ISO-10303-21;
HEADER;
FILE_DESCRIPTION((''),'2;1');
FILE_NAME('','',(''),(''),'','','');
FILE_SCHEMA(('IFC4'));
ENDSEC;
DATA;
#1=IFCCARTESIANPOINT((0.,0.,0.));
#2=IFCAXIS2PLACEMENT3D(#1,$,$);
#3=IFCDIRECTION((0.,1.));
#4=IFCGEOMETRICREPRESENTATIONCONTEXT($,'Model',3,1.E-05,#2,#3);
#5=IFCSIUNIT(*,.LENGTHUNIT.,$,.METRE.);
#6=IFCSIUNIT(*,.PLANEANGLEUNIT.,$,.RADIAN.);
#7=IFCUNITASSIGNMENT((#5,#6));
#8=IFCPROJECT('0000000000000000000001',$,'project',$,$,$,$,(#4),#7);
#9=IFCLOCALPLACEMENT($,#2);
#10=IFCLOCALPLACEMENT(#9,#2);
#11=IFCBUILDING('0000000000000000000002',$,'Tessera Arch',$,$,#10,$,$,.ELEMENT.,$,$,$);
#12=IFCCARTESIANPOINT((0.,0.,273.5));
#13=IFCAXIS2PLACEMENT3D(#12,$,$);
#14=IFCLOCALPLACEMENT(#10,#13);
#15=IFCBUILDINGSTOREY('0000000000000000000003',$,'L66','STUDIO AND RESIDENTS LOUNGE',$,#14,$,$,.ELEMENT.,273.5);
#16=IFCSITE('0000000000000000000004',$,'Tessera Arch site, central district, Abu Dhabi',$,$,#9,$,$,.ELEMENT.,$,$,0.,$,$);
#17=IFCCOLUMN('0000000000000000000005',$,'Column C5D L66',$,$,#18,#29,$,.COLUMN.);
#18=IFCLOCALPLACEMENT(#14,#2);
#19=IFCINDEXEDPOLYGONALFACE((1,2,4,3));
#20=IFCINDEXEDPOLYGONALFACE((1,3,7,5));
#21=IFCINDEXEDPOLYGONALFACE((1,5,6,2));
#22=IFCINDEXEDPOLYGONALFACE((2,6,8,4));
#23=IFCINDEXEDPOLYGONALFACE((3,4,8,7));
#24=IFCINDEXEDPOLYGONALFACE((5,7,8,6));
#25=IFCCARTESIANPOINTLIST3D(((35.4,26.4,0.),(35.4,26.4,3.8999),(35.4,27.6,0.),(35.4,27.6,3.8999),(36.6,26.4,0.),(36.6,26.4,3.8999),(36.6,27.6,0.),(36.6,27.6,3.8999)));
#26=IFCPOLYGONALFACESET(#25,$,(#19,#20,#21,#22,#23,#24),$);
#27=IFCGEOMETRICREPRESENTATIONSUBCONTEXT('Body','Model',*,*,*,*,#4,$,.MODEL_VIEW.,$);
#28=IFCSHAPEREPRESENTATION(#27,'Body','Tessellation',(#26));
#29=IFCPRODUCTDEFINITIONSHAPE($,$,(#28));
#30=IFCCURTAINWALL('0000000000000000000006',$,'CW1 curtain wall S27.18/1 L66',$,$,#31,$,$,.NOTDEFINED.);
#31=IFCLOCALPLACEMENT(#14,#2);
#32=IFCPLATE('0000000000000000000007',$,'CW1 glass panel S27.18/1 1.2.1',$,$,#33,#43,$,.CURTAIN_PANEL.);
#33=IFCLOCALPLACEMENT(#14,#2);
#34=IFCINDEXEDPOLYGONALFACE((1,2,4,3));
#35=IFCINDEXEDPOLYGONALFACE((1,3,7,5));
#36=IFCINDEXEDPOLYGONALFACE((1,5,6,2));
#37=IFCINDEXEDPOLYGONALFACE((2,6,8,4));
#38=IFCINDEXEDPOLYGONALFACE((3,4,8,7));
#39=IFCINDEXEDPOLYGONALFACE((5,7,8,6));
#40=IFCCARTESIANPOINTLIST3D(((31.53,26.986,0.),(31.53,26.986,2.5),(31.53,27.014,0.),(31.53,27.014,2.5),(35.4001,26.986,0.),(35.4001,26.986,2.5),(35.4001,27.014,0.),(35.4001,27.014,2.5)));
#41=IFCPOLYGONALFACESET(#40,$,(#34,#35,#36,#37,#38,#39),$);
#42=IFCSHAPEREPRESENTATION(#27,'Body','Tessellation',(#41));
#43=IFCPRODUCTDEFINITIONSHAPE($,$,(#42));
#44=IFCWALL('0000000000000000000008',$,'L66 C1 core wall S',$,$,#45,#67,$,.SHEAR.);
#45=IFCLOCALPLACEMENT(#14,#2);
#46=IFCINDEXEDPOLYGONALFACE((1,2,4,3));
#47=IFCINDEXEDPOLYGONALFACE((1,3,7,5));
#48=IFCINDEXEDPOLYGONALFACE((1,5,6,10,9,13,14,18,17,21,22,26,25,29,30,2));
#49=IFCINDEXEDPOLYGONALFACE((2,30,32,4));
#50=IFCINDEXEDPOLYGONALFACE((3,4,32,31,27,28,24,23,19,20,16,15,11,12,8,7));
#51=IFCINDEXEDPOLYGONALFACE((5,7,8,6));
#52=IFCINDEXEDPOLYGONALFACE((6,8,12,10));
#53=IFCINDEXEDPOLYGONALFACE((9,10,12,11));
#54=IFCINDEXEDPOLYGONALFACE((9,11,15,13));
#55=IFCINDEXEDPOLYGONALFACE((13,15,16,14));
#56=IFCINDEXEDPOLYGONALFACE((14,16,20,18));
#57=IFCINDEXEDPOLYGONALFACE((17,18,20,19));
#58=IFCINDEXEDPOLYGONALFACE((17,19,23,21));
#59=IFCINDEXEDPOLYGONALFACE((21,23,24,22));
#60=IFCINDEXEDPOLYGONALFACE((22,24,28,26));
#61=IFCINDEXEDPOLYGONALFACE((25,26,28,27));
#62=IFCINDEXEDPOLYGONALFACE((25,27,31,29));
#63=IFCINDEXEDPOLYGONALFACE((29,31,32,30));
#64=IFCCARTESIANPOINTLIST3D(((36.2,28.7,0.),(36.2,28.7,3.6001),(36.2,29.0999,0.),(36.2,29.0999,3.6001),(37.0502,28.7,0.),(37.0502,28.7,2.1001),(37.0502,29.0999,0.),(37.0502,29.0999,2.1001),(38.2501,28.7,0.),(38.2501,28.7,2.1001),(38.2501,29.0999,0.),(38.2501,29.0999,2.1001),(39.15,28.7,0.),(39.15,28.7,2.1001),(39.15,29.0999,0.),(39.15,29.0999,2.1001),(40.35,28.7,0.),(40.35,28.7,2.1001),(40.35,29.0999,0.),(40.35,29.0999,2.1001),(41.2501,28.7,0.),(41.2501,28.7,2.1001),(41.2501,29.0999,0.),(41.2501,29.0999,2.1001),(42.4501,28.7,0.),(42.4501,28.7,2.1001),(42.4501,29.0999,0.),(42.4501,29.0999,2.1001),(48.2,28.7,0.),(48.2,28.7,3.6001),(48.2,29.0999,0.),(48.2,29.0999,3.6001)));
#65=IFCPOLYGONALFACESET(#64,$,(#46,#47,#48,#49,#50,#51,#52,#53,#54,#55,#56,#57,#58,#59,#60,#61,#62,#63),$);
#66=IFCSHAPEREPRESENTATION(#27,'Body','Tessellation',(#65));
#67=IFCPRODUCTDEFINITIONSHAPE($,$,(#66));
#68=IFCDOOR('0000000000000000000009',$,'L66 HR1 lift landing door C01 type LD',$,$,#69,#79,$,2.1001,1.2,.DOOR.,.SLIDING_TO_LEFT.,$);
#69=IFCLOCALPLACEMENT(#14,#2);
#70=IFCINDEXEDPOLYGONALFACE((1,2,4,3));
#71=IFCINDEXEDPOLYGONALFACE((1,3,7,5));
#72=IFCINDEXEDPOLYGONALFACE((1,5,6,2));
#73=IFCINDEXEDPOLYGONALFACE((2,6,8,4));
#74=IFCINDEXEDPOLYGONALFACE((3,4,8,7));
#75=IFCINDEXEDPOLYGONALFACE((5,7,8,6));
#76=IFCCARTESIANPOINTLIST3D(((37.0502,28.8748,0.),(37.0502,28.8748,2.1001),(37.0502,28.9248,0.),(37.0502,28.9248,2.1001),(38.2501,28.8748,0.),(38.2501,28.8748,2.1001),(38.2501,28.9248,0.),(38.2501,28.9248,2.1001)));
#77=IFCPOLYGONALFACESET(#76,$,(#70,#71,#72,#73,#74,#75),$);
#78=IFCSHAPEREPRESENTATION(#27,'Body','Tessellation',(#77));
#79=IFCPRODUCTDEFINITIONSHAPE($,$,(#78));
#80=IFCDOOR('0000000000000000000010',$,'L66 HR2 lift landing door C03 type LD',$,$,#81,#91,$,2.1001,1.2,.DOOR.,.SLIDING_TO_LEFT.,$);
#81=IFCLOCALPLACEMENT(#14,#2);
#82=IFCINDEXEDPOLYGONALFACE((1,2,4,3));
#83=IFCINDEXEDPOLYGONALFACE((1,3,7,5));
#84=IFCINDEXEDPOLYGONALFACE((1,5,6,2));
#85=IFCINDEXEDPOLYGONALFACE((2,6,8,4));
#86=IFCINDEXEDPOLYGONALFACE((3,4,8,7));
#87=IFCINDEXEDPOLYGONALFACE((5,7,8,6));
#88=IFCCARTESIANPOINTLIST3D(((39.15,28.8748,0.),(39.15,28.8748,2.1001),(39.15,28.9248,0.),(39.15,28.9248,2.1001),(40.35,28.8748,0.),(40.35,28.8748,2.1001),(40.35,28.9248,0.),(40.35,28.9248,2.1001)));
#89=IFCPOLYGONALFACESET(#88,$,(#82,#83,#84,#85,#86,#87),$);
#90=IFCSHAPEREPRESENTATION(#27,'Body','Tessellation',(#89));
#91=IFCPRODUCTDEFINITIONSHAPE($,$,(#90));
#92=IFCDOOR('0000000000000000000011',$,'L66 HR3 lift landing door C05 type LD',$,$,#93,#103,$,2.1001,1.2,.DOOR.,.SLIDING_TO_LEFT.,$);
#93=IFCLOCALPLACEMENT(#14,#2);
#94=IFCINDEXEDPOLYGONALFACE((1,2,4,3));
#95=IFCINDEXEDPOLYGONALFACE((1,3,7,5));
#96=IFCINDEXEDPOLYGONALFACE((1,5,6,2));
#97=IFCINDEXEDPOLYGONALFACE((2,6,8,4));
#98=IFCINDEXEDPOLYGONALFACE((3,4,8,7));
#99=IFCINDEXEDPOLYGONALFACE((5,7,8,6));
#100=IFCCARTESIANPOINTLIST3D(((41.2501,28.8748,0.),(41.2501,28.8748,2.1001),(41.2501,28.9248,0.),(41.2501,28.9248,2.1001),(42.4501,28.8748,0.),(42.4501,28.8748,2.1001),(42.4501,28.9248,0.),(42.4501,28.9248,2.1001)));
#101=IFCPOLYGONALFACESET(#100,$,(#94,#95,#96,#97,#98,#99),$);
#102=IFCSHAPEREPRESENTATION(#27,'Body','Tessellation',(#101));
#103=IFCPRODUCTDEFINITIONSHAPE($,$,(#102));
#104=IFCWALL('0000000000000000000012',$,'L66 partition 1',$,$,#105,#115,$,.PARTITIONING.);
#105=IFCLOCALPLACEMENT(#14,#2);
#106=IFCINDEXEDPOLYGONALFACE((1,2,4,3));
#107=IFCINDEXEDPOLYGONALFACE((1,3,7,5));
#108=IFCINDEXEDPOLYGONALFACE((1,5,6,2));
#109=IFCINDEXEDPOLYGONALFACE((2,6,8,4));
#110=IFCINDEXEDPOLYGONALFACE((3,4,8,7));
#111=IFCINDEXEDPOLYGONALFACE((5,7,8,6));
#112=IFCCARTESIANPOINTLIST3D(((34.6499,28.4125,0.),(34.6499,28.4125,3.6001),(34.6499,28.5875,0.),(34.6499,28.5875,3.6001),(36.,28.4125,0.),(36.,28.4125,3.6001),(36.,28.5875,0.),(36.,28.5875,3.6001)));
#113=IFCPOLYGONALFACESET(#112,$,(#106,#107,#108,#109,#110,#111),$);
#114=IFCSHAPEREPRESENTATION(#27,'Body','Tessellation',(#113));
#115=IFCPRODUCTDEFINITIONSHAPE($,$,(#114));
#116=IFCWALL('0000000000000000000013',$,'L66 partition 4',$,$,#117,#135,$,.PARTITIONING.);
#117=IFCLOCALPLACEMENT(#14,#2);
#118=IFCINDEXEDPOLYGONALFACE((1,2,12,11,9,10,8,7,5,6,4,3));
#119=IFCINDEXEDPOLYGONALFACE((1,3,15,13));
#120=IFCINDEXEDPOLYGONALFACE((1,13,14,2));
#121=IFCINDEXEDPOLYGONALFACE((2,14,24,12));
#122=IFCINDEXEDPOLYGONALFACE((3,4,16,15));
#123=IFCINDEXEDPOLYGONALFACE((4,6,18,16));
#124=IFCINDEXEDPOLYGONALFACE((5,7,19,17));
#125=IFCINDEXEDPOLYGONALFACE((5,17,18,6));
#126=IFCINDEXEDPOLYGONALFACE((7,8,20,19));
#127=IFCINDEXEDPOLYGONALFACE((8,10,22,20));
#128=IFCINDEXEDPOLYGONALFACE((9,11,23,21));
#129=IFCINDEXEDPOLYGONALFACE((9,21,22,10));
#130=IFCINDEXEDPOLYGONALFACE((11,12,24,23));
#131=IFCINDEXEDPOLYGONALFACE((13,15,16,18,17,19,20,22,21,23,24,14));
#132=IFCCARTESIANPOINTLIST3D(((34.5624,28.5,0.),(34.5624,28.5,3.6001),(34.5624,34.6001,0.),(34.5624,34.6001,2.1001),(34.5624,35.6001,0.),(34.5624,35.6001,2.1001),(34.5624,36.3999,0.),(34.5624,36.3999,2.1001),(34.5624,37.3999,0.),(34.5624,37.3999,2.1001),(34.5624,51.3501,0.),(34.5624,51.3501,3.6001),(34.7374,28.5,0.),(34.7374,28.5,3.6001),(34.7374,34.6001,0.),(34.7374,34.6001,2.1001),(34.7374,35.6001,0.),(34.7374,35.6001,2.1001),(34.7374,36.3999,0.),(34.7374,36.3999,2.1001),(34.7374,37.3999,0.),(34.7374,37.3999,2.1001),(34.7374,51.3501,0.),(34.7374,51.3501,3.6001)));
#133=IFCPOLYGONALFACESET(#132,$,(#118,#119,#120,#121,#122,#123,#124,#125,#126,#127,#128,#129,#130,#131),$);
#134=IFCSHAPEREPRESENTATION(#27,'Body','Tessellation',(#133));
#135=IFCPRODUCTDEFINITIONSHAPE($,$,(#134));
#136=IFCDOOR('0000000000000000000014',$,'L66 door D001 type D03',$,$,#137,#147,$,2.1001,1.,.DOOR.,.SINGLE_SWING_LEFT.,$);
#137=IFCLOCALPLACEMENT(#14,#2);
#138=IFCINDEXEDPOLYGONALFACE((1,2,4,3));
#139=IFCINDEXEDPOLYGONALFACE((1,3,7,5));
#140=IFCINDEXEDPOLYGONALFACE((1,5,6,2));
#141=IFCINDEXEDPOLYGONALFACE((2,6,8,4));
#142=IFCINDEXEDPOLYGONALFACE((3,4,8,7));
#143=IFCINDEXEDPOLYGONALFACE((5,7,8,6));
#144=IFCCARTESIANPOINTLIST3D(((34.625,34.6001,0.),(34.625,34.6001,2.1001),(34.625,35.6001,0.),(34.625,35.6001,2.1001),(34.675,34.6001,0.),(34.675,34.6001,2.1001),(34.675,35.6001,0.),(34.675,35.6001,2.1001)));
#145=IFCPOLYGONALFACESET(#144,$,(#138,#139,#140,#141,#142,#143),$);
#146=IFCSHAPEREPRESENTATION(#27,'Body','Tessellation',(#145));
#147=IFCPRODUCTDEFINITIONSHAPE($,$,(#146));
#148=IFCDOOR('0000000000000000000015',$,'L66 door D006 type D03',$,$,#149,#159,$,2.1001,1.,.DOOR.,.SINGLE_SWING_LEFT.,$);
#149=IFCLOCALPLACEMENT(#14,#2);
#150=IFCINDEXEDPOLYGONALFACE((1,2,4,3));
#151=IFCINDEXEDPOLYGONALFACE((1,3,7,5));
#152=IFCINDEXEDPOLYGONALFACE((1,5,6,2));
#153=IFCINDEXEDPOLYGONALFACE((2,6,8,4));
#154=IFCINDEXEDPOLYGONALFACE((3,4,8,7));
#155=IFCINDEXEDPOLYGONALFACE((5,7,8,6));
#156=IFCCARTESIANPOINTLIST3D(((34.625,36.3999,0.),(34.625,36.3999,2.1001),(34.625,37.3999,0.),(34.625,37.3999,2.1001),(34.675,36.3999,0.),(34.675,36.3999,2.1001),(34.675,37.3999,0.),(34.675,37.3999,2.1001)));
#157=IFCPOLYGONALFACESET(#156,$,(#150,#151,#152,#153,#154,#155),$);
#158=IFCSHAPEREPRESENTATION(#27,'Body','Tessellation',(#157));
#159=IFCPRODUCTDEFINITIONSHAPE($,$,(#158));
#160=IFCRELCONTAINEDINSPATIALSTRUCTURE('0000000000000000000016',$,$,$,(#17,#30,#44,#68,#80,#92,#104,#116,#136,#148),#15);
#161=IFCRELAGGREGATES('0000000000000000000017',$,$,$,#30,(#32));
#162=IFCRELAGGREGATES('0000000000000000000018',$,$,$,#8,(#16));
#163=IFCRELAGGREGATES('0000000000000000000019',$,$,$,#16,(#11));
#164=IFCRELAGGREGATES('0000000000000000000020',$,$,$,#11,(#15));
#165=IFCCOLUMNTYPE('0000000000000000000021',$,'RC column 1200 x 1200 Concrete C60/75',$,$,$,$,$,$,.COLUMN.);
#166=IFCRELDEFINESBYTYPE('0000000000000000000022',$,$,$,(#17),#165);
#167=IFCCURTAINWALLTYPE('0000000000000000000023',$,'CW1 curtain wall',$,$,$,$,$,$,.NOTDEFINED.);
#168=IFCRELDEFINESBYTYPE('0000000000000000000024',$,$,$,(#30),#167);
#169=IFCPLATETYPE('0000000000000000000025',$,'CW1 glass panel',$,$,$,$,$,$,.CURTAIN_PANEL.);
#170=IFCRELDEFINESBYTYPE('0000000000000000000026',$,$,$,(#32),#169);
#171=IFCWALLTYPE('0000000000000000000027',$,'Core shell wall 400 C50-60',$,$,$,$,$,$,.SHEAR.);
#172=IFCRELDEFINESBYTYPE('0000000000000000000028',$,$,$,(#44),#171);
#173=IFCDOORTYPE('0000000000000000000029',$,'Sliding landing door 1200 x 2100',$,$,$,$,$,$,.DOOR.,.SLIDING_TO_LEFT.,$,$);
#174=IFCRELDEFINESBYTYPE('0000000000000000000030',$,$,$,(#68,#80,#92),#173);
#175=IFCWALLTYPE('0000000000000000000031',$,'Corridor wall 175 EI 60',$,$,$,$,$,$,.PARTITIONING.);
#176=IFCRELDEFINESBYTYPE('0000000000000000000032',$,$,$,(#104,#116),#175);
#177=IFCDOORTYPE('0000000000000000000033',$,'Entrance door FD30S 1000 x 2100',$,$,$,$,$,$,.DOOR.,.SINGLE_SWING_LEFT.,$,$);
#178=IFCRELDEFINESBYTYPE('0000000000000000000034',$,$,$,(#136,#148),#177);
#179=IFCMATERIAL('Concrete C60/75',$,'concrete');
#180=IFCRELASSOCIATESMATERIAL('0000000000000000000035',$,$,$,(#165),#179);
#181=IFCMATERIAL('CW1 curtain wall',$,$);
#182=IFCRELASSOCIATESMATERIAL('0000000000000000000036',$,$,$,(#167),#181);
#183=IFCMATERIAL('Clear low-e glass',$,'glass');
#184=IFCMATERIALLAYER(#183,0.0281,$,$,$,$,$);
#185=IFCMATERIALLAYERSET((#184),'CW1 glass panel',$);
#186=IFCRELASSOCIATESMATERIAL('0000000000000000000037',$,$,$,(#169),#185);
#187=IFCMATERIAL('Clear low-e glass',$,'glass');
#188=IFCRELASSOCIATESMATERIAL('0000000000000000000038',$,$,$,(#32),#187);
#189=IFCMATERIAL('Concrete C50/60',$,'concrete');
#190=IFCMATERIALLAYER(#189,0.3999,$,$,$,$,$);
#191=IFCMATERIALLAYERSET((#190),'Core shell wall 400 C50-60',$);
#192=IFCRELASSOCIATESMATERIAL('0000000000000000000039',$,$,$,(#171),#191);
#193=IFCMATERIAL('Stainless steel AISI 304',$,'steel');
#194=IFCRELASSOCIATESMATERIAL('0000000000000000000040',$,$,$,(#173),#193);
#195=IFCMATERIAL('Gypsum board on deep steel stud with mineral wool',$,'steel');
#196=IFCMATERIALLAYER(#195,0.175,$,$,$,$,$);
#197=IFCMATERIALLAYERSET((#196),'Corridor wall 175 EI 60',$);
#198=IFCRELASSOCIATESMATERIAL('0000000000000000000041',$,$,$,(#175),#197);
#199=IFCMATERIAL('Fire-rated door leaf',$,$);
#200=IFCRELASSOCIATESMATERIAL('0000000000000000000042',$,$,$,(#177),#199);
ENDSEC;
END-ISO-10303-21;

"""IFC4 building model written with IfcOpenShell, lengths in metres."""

from ifc_helpers import new_model, si_unit, direction, frame, frame_2d, origin, origin_2d, place, context, subcontext, project, spatial, rectangle, extrude, material, layer, layer_set, material_profile, profile_set, type_object, element, fill, aggregate, save


model = new_model("IFC4")

# Units and contexts
model_context = context("Model", 3, precision=1e-05, world=origin(), true_north=direction((0.0, 1.0)))
body_context = subcontext(model_context, "Body", "Model", "MODEL_VIEW")
ifc_project = project(units=[si_unit("LENGTHUNIT", "METRE"), si_unit("PLANEANGLEUNIT", "RADIAN")], contexts=[model_context])

# Site, building, storey
site_placement = place(None, origin())
site = spatial("IfcSite", under=ifc_project, at=site_placement, Name="Tessera Arch site, central district, Abu Dhabi", CompositionType="ELEMENT", RefElevation=0.0)
building_placement = place(site_placement, origin())
building = spatial("IfcBuilding", under=site, at=building_placement, Name="Tessera Arch", CompositionType="ELEMENT")
storey_placement = place(building_placement, frame((0.0, 0.0, 273.5)))
storey = spatial("IfcBuildingStorey", under=building, at=storey_placement, Name="L66", Description="STUDIO AND RESIDENTS LOUNGE", CompositionType="ELEMENT", Elevation=273.5)

# Column
ifc_material_1 = material(Name="Concrete C60/75", Category="concrete")
ifc_material_profile = material_profile(ifc_material_1, rectangle(XDim=1.2, YDim=1.2, at=origin_2d()), Name="RC column 1200 x 1200 Concrete C60/75")
ifc_profile_set = profile_set([ifc_material_profile], Name="Concrete C60/75")
column_type = type_object("IfcColumnType", Name="RC column 1200 x 1200 Concrete C60/75", PredefinedType="COLUMN", material=ifc_profile_set)
column_placement = place(storey_placement, frame((36.0, 27.0, 0.0), z_axis=(0.0, 0.0, 1.0), x_axis=(1.0, 0.0, 0.0)))
element("IfcColumn", 1, at=column_placement, inside=storey, type_object=column_type, Name="Column C5D L66", PredefinedType="COLUMN", context=body_context, shape_type="SweptSolid", body=[
    extrude(rectangle(XDim=1.2, YDim=1.2, at=origin_2d()), origin(), (0.0, 0.0, 1.0), 3.8999),
])

# Curtain wall, plate
ifc_material_2 = material(Name="CW1 curtain wall")
curtain_wall_type = type_object("IfcCurtainWallType", Name="CW1 curtain wall", PredefinedType="NOTDEFINED", material=ifc_material_2)
curtain_wall_placement = place(storey_placement, origin())
curtain_wall = element("IfcCurtainWall", 2, at=curtain_wall_placement, inside=storey, type_object=curtain_wall_type, Name="CW1 curtain wall S27.18/1 L66", PredefinedType="NOTDEFINED")
ifc_material_3 = material(Name="Clear low-e glass", Category="glass")
ifc_material_4 = material(Name="Clear low-e glass", Category="glass")
ifc_layer_1 = layer(ifc_material_4, 0.0281)
ifc_layer_set_1 = layer_set([ifc_layer_1], Name="CW1 glass panel")
plate_type = type_object("IfcPlateType", Name="CW1 glass panel", PredefinedType="CURTAIN_PANEL", material=ifc_layer_set_1)
plate_placement = place(storey_placement, frame((33.4651, 27.0, 0.0), z_axis=(0.0, 0.0, 1.0), x_axis=(1.0, 0.0, 0.0)))
plate = element("IfcPlate", 3, at=plate_placement, type_object=plate_type, material=ifc_material_3, Name="CW1 glass panel S27.18/1 1.2.1", PredefinedType="CURTAIN_PANEL", context=body_context, shape_type="SweptSolid", body=[
    extrude(rectangle(XDim=3.8701, YDim=0.0281, at=origin_2d()), origin(), (0.0, 0.0, 1.0), 2.5),
])
aggregate(curtain_wall, [plate])

# Wall, openings, doors
ifc_material_5 = material(Name="Concrete C50/60", Category="concrete")
ifc_layer_2 = layer(ifc_material_5, 0.3999)
ifc_layer_set_2 = layer_set([ifc_layer_2], Name="Core shell wall 400 C50-60")
wall_type_1 = type_object("IfcWallType", Name="Core shell wall 400 C50-60", PredefinedType="SHEAR", material=ifc_layer_set_2)
wall_1_placement = place(storey_placement, frame((36.2, 28.8999, 0.0), z_axis=(0.0, 0.0, 1.0), x_axis=(1.0, 0.0, 0.0)))
wall_1 = element("IfcWall", 4, at=wall_1_placement, inside=storey, type_object=wall_type_1, Name="L66 C1 core wall S", PredefinedType="SHEAR", context=body_context, shape_type="SweptSolid", body=[
    extrude(rectangle(XDim=12.0, YDim=0.3999, at=frame_2d((6.0, 0.0))), origin(), (0.0, 0.0, 1.0), 3.6001),
])
opening_1_placement = place(wall_1_placement, frame((0.8501, 0.0, 0.0)))
opening_1 = element("IfcOpeningElement", 5, at=opening_1_placement, cuts=wall_1, PredefinedType="OPENING", context=body_context, shape_type="SweptSolid", body=[
    extrude(rectangle(XDim=1.2, YDim=2.1001, at=frame_2d((0.6001, 1.05))), frame((0.0, 0.21, 0.0), z_axis=(0.0, -1.0, 0.0), x_axis=(1.0, 0.0, 0.0)), (0.0, 0.0, 1.0), 0.4199),
])
opening_2_placement = place(wall_1_placement, frame((2.95, 0.0, 0.0)))
opening_2 = element("IfcOpeningElement", 6, at=opening_2_placement, cuts=wall_1, PredefinedType="OPENING", context=body_context, shape_type="SweptSolid", body=[
    extrude(rectangle(XDim=1.2, YDim=2.1001, at=frame_2d((0.6001, 1.05))), frame((0.0, 0.21, 0.0), z_axis=(0.0, -1.0, 0.0), x_axis=(1.0, 0.0, 0.0)), (0.0, 0.0, 1.0), 0.4199),
])
opening_3_placement = place(wall_1_placement, frame((5.05, 0.0, 0.0)))
opening_3 = element("IfcOpeningElement", 7, at=opening_3_placement, cuts=wall_1, PredefinedType="OPENING", context=body_context, shape_type="SweptSolid", body=[
    extrude(rectangle(XDim=1.2, YDim=2.1001, at=frame_2d((0.6001, 1.05))), frame((0.0, 0.21, 0.0), z_axis=(0.0, -1.0, 0.0), x_axis=(1.0, 0.0, 0.0)), (0.0, 0.0, 1.0), 0.4199),
])
ifc_material_6 = material(Name="Stainless steel AISI 304", Category="steel")
door_type_1 = type_object("IfcDoorType", Name="Sliding landing door 1200 x 2100", OperationType="SLIDING_TO_LEFT", PredefinedType="DOOR", material=ifc_material_6)
door_1_placement = place(opening_1_placement, origin())
door_1 = element("IfcDoor", 8, at=door_1_placement, inside=storey, type_object=door_type_1, Name="L66 HR1 lift landing door C01 type LD", OperationType="SLIDING_TO_LEFT", OverallHeight=2.1001, OverallWidth=1.2, PredefinedType="DOOR", context=body_context, shape_type="SweptSolid", body=[
    extrude(rectangle(XDim=1.2, YDim=2.1001, at=frame_2d((0.6001, 1.05))), frame((0.0, 0.0249, 0.0), z_axis=(0.0, -1.0, 0.0), x_axis=(1.0, 0.0, 0.0)), (0.0, 0.0, 1.0), 0.05),
])
fill(opening_1, door_1)
door_2_placement = place(opening_2_placement, origin())
door_2 = element("IfcDoor", 9, at=door_2_placement, inside=storey, type_object=door_type_1, Name="L66 HR2 lift landing door C03 type LD", OperationType="SLIDING_TO_LEFT", OverallHeight=2.1001, OverallWidth=1.2, PredefinedType="DOOR", context=body_context, shape_type="SweptSolid", body=[
    extrude(rectangle(XDim=1.2, YDim=2.1001, at=frame_2d((0.6001, 1.05))), frame((0.0, 0.0249, 0.0), z_axis=(0.0, -1.0, 0.0), x_axis=(1.0, 0.0, 0.0)), (0.0, 0.0, 1.0), 0.05),
])
fill(opening_2, door_2)
door_3_placement = place(opening_3_placement, origin())
door_3 = element("IfcDoor", 10, at=door_3_placement, inside=storey, type_object=door_type_1, Name="L66 HR3 lift landing door C05 type LD", OperationType="SLIDING_TO_LEFT", OverallHeight=2.1001, OverallWidth=1.2, PredefinedType="DOOR", context=body_context, shape_type="SweptSolid", body=[
    extrude(rectangle(XDim=1.2, YDim=2.1001, at=frame_2d((0.6001, 1.05))), frame((0.0, 0.0249, 0.0), z_axis=(0.0, -1.0, 0.0), x_axis=(1.0, 0.0, 0.0)), (0.0, 0.0, 1.0), 0.05),
])
fill(opening_3, door_3)

# Wall
ifc_material_7 = material(Name="Gypsum board on deep steel stud with mineral wool", Category="steel")
ifc_layer_3 = layer(ifc_material_7, 0.175)
ifc_layer_set_3 = layer_set([ifc_layer_3], Name="Corridor wall 175 EI 60")
wall_type_2 = type_object("IfcWallType", Name="Corridor wall 175 EI 60", PredefinedType="PARTITIONING", material=ifc_layer_set_3)
wall_2_placement = place(storey_placement, frame((34.6499, 28.5, 0.0), z_axis=(0.0, 0.0, 1.0), x_axis=(1.0, 0.0, 0.0)))
element("IfcWall", 11, at=wall_2_placement, inside=storey, type_object=wall_type_2, Name="L66 partition 1", PredefinedType="PARTITIONING", context=body_context, shape_type="SweptSolid", body=[
    extrude(rectangle(XDim=1.3501, YDim=0.175, at=frame_2d((0.675, 0.0))), origin(), (0.0, 0.0, 1.0), 3.6001),
])

# Wall, openings, doors
wall_3_placement = place(storey_placement, frame((34.6499, 28.5, 0.0), z_axis=(0.0, 0.0, 1.0), x_axis=(0.0, 1.0, 0.0)))
wall_3 = element("IfcWall", 12, at=wall_3_placement, inside=storey, type_object=wall_type_2, Name="L66 partition 4", PredefinedType="PARTITIONING", context=body_context, shape_type="SweptSolid", body=[
    extrude(rectangle(XDim=22.8501, YDim=0.175, at=frame_2d((11.425, 0.0))), origin(), (0.0, 0.0, 1.0), 3.6001),
])
opening_4_placement = place(wall_3_placement, frame((6.1001, 0.0, 0.0)))
opening_4 = element("IfcOpeningElement", 13, at=opening_4_placement, cuts=wall_3, PredefinedType="OPENING", context=body_context, shape_type="SweptSolid", body=[
    extrude(rectangle(XDim=1.0, YDim=2.1001, at=frame_2d((0.5, 1.05))), frame((0.0, 0.0974, 0.0), z_axis=(0.0, -1.0, 0.0), x_axis=(1.0, 0.0, 0.0)), (0.0, 0.0, 1.0), 0.1951),
])
opening_5_placement = place(wall_3_placement, frame((7.8999, 0.0, 0.0)))
opening_5 = element("IfcOpeningElement", 14, at=opening_5_placement, cuts=wall_3, PredefinedType="OPENING", context=body_context, shape_type="SweptSolid", body=[
    extrude(rectangle(XDim=1.0, YDim=2.1001, at=frame_2d((0.5, 1.05))), frame((0.0, 0.0974, 0.0), z_axis=(0.0, -1.0, 0.0), x_axis=(1.0, 0.0, 0.0)), (0.0, 0.0, 1.0), 0.1951),
])
ifc_material_8 = material(Name="Fire-rated door leaf")
door_type_2 = type_object("IfcDoorType", Name="Entrance door FD30S 1000 x 2100", OperationType="SINGLE_SWING_LEFT", PredefinedType="DOOR", material=ifc_material_8)
door_4_placement = place(opening_4_placement, origin())
door_4 = element("IfcDoor", 15, at=door_4_placement, inside=storey, type_object=door_type_2, Name="L66 door D001 type D03", OperationType="SINGLE_SWING_LEFT", OverallHeight=2.1001, OverallWidth=1.0, PredefinedType="DOOR", context=body_context, shape_type="SweptSolid", body=[
    extrude(rectangle(XDim=1.0, YDim=2.1001, at=frame_2d((0.5, 1.05))), frame((0.0, 0.0249, 0.0), z_axis=(0.0, -1.0, 0.0), x_axis=(1.0, 0.0, 0.0)), (0.0, 0.0, 1.0), 0.05),
])
fill(opening_4, door_4)
door_5_placement = place(opening_5_placement, origin())
door_5 = element("IfcDoor", 16, at=door_5_placement, inside=storey, type_object=door_type_2, Name="L66 door D006 type D03", OperationType="SINGLE_SWING_LEFT", OverallHeight=2.1001, OverallWidth=1.0, PredefinedType="DOOR", context=body_context, shape_type="SweptSolid", body=[
    extrude(rectangle(XDim=1.0, YDim=2.1001, at=frame_2d((0.5, 1.05))), frame((0.0, 0.0249, 0.0), z_axis=(0.0, -1.0, 0.0), x_axis=(1.0, 0.0, 0.0)), (0.0, 0.0, 1.0), 0.05),
])
fill(opening_5, door_5)

save(model, "model.ifc")
